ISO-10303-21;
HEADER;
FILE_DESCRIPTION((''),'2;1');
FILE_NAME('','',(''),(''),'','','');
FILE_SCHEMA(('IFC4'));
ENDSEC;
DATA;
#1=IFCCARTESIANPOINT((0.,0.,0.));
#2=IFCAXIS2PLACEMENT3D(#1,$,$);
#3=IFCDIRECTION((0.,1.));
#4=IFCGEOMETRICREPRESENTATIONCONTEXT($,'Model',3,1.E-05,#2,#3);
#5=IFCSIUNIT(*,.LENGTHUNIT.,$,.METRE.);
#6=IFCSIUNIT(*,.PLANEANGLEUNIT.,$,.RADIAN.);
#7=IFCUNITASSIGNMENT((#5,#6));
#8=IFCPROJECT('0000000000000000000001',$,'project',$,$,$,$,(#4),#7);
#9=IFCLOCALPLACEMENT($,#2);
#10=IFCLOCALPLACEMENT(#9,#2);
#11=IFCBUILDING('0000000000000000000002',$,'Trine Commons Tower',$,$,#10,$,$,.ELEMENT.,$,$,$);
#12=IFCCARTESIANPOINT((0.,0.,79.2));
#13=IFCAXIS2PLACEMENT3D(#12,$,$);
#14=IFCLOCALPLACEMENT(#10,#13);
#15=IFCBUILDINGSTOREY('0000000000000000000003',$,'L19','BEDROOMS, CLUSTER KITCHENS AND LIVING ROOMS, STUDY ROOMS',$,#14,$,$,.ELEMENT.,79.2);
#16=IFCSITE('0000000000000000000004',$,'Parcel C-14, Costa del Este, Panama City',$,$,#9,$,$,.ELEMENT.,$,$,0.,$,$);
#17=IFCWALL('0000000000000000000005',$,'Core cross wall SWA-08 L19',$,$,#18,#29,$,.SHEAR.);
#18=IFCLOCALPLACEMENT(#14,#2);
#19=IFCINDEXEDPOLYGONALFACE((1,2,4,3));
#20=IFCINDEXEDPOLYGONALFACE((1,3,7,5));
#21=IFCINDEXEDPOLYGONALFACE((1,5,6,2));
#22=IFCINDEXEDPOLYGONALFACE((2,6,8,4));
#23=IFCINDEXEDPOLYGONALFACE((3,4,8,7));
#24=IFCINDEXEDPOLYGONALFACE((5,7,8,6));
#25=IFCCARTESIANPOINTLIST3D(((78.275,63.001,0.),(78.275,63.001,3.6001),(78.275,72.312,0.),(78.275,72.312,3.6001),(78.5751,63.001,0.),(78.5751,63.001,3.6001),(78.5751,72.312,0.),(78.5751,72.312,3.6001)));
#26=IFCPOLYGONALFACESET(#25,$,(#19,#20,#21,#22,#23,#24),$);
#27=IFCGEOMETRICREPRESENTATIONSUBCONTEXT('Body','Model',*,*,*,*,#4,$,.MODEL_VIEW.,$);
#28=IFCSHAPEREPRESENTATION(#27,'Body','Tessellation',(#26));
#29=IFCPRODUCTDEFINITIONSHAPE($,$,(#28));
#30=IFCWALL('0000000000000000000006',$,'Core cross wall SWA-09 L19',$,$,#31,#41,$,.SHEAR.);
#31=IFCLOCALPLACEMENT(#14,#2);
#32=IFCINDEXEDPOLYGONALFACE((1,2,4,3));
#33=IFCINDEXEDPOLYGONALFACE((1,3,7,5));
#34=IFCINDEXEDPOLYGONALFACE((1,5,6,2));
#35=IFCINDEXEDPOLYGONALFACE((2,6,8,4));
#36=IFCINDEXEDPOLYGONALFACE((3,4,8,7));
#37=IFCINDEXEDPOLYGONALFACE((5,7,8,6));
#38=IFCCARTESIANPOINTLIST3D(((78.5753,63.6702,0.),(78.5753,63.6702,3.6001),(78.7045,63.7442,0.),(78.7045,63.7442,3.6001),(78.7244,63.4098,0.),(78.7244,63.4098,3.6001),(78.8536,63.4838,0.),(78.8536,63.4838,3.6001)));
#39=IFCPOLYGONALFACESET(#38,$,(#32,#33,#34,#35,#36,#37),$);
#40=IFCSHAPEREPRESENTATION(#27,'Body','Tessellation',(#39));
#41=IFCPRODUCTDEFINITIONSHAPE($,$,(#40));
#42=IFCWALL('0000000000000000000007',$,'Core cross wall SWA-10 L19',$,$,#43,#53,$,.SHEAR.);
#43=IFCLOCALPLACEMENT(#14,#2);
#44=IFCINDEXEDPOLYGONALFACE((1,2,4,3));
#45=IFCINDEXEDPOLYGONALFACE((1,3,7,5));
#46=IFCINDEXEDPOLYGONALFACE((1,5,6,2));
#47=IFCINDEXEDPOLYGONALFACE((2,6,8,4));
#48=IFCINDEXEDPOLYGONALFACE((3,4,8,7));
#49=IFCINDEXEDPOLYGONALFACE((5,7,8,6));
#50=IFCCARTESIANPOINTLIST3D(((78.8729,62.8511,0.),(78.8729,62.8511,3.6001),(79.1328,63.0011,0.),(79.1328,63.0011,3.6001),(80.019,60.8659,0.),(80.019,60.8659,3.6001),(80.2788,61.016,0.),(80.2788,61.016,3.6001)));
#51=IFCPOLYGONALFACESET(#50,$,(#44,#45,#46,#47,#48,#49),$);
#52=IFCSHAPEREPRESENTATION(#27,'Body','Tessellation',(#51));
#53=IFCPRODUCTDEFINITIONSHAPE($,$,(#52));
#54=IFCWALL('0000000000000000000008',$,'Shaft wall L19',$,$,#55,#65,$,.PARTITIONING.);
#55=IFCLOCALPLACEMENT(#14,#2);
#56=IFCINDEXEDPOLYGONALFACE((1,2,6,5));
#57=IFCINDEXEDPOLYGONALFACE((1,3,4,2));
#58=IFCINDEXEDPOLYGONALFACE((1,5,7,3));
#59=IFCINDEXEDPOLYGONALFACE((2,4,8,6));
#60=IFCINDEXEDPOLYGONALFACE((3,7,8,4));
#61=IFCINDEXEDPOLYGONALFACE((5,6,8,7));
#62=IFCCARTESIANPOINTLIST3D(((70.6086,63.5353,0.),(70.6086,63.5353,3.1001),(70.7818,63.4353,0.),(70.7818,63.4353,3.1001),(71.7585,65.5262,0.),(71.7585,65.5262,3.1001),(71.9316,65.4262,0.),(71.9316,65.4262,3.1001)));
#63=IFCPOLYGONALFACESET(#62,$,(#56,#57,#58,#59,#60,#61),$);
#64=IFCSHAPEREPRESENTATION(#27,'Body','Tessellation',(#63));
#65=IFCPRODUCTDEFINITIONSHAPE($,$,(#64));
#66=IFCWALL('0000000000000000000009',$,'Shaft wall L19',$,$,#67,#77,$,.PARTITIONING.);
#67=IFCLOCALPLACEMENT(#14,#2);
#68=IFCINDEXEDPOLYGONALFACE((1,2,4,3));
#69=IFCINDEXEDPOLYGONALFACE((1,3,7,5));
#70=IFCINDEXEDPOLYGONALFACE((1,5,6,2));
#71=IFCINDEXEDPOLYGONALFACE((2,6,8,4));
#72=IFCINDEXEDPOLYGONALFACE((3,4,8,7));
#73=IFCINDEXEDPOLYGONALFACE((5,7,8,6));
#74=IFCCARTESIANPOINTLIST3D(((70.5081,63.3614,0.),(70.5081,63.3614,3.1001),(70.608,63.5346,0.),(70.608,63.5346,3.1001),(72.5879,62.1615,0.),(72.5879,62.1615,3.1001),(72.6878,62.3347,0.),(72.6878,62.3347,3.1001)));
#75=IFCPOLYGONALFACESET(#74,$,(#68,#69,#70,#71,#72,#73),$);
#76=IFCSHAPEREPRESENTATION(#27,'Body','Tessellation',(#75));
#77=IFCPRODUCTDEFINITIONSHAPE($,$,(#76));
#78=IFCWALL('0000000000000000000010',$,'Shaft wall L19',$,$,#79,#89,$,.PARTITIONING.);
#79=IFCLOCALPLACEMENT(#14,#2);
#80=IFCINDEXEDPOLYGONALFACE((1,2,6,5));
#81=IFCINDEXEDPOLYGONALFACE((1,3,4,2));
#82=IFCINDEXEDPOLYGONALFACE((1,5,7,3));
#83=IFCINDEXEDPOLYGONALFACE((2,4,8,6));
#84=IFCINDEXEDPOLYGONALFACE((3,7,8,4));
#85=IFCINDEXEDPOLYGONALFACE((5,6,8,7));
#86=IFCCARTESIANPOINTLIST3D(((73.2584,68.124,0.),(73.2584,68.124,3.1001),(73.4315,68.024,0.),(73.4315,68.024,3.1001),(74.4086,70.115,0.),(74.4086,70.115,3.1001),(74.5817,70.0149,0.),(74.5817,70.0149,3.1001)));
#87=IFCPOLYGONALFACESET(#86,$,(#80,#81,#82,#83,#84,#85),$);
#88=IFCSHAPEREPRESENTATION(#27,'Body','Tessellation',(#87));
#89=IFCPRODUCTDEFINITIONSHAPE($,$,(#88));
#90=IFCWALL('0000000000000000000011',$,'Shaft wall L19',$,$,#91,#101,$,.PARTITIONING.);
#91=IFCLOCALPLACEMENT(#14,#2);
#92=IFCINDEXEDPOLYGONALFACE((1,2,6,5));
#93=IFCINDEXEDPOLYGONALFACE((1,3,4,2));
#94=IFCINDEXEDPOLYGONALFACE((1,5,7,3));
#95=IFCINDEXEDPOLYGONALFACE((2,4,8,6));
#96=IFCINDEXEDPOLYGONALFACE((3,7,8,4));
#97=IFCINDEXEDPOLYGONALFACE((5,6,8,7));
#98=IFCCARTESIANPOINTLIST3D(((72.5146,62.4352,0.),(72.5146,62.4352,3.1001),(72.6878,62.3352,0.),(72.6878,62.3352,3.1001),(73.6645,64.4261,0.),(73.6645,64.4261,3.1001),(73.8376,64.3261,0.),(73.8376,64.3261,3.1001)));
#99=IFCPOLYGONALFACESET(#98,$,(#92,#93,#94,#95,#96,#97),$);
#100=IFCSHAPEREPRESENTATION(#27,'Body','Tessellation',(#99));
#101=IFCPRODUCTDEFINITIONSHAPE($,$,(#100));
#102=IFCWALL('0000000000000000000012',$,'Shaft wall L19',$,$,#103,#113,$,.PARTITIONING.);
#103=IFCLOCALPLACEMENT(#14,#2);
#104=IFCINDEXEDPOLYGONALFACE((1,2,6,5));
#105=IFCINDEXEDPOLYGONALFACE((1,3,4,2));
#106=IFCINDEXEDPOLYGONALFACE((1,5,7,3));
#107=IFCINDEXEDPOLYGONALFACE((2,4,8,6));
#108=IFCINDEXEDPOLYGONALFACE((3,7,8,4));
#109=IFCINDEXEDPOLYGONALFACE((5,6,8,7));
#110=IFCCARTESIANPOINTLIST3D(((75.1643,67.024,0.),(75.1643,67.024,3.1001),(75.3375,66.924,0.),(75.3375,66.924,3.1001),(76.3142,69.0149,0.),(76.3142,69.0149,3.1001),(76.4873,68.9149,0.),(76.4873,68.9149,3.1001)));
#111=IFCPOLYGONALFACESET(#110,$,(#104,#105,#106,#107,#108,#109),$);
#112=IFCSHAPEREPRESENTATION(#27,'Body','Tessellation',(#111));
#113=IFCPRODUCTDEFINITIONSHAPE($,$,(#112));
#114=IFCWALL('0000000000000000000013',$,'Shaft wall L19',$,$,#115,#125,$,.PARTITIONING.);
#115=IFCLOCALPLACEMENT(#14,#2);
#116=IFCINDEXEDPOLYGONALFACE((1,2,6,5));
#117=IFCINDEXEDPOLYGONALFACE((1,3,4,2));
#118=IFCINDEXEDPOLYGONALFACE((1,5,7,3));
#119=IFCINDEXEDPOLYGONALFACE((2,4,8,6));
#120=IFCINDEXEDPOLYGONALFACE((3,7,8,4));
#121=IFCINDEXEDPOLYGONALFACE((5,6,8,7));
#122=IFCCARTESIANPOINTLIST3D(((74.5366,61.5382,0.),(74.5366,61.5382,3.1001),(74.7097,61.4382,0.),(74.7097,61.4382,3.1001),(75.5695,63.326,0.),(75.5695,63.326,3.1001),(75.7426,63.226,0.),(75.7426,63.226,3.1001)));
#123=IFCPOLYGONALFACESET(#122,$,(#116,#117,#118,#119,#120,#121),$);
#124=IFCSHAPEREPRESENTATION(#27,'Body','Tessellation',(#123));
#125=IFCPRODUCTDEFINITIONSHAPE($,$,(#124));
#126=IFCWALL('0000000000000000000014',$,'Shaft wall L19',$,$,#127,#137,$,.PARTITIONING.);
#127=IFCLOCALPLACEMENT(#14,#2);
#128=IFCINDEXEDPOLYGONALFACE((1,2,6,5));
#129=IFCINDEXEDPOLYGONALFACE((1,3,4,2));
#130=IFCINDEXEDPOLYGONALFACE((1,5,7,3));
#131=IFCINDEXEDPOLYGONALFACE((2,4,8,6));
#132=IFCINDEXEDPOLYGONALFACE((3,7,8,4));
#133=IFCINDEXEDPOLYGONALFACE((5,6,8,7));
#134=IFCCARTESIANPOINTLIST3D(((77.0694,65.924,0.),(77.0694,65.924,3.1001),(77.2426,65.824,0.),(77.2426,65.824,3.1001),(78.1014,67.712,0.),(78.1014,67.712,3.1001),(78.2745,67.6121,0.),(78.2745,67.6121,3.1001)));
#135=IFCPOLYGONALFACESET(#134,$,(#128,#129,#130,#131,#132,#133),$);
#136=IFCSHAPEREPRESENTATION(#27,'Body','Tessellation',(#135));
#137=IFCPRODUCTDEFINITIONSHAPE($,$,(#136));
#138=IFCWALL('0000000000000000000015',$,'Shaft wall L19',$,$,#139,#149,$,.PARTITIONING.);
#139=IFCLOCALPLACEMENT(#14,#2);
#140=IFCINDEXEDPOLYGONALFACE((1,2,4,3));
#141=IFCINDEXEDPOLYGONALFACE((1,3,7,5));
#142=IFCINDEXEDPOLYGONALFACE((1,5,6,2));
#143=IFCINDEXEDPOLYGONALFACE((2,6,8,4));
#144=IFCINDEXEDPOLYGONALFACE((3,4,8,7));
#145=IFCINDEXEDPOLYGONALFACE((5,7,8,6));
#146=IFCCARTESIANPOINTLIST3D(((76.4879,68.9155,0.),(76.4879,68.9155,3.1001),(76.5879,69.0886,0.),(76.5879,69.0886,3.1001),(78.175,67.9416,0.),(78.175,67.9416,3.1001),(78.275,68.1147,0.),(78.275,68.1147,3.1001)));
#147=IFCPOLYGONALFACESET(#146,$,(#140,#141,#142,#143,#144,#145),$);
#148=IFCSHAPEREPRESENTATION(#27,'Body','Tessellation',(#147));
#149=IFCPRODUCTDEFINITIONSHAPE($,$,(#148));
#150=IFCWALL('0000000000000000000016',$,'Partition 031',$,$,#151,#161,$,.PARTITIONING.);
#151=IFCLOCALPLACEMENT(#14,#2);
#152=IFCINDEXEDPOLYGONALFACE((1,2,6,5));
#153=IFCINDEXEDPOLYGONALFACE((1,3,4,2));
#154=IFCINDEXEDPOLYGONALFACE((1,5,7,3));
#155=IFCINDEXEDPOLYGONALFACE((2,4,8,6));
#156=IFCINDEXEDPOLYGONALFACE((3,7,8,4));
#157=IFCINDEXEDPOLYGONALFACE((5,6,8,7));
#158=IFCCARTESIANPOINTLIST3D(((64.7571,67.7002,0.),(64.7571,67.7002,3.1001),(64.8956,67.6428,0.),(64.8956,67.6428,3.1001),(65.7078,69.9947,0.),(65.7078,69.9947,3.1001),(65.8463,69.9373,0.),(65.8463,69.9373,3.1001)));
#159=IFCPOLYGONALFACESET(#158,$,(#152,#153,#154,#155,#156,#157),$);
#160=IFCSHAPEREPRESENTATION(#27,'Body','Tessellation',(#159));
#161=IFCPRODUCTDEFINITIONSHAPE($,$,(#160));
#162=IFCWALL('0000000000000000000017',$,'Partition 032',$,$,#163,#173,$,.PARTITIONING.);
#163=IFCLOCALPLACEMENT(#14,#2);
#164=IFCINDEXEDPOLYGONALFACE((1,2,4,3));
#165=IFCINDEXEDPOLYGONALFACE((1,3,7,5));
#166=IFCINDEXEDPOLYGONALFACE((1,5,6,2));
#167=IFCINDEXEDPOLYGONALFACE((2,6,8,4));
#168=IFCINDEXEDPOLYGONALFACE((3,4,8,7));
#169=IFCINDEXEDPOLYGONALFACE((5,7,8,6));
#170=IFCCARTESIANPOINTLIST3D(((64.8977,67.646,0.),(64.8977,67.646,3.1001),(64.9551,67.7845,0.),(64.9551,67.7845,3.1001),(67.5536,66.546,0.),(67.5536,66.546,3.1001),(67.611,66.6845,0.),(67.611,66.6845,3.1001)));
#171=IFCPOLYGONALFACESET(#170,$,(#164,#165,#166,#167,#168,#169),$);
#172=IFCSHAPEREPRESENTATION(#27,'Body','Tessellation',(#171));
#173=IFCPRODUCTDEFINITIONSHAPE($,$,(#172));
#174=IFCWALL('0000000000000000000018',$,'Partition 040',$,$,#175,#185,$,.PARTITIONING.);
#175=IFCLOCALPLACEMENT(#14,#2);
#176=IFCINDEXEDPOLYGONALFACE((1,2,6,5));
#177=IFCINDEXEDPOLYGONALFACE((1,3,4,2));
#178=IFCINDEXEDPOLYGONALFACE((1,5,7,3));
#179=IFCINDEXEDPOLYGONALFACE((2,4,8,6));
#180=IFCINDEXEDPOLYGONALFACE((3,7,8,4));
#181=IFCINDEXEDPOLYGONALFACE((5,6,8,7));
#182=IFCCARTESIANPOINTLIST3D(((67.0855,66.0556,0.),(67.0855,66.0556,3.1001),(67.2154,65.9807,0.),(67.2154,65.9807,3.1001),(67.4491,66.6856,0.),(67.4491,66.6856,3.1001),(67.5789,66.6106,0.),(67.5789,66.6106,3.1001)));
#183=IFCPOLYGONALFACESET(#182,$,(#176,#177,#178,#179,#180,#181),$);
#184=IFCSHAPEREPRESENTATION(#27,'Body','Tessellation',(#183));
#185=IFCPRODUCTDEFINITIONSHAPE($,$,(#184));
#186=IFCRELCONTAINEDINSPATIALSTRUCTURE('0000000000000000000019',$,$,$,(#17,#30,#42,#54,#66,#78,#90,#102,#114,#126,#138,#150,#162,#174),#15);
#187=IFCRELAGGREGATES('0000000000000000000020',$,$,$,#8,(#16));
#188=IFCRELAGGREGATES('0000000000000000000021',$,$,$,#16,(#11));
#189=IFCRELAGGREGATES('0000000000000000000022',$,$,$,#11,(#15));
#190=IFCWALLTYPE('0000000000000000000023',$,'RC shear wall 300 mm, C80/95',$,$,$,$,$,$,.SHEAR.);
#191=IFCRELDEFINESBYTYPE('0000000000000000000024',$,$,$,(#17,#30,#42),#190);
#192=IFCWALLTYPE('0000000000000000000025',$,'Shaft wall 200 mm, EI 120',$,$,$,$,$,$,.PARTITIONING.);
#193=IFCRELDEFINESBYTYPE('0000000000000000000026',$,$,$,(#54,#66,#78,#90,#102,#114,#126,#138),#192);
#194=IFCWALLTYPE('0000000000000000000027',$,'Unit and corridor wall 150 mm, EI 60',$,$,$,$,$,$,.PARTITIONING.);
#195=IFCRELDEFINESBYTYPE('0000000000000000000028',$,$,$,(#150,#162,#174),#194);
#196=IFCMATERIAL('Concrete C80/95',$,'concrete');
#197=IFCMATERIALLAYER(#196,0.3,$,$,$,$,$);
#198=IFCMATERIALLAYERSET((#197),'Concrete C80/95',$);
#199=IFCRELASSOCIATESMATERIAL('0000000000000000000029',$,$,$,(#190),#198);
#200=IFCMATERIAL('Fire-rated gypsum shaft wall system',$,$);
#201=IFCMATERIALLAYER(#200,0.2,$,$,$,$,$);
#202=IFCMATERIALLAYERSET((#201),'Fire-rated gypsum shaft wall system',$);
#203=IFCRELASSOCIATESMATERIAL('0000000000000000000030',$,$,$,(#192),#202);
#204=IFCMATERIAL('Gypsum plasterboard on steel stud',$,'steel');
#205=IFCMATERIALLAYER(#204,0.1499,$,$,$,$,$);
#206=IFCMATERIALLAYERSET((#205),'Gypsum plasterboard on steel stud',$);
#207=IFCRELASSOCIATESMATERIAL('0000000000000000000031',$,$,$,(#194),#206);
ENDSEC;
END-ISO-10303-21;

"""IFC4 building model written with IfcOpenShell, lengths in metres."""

from ifc_helpers import new_model, si_unit, direction, frame, frame_2d, origin, place, context, subcontext, project, spatial, rectangle, extrude, material, layer, layer_set, type_object, element, save


model = new_model("IFC4")

# Units and contexts
model_context = context("Model", 3, precision=1e-05, world=origin(), true_north=direction((0.0, 1.0)))
body_context = subcontext(model_context, "Body", "Model", "MODEL_VIEW")
ifc_project = project(units=[si_unit("LENGTHUNIT", "METRE"), si_unit("PLANEANGLEUNIT", "RADIAN")], contexts=[model_context])

# Site, building, storey
site_placement = place(None, origin())
site = spatial("IfcSite", under=ifc_project, at=site_placement, Name="Parcel C-14, Costa del Este, Panama City", CompositionType="ELEMENT", RefElevation=0.0)
building_placement = place(site_placement, origin())
building = spatial("IfcBuilding", under=site, at=building_placement, Name="Trine Commons Tower", CompositionType="ELEMENT")
storey_placement = place(building_placement, frame((0.0, 0.0, 79.2)))
storey = spatial("IfcBuildingStorey", under=building, at=storey_placement, Name="L19", Description="BEDROOMS, CLUSTER KITCHENS AND LIVING ROOMS, STUDY ROOMS", CompositionType="ELEMENT", Elevation=79.2)

# Shared definitions
ifc_material_1 = material(Name="Fire-rated gypsum shaft wall system")
ifc_material_2 = material(Name="Concrete C80/95", Category="concrete")
ifc_layer_1 = layer(ifc_material_2, 0.3)
ifc_layer_set_1 = layer_set([ifc_layer_1], Name="Concrete C80/95")
wall_type_1 = type_object("IfcWallType", Name="RC shear wall 300 mm, C80/95", PredefinedType="SHEAR", material=ifc_layer_set_1)

# Walls
wall_1_placement = place(storey_placement, frame((78.425, 63.001, 0.0), z_axis=(0.0, 0.0, 1.0), x_axis=(0.0, 1.0, 0.0)))
element("IfcWall", 1, at=wall_1_placement, inside=storey, type_object=wall_type_1, Name="Core cross wall SWA-08 L19", PredefinedType="SHEAR", context=body_context, shape_type="SweptSolid", body=[
    extrude(rectangle(XDim=9.311, YDim=0.3, at=frame_2d((4.6555, 0.0))), origin(), (0.0, 0.0, 1.0), 3.6001),
])
wall_2_placement = place(storey_placement, frame((78.7791, 63.614, 0.0), z_axis=(0.0, 0.0, 1.0), x_axis=(-0.867738, -0.497022, 0.0)))
element("IfcWall", 2, at=wall_2_placement, inside=storey, type_object=wall_type_1, Name="Core cross wall SWA-09 L19", PredefinedType="SHEAR", context=body_context, shape_type="SweptSolid", body=[
    extrude(rectangle(XDim=0.1489, YDim=0.3, at=frame_2d((0.0745, 0.0))), origin(), (0.0, 0.0, 1.0), 3.6001),
])
wall_3_placement = place(storey_placement, frame((79.0029, 62.926, 0.0), z_axis=(0.0, 0.0, 1.0), x_axis=(0.499965, -0.866045, 0.0)))
element("IfcWall", 3, at=wall_3_placement, inside=storey, type_object=wall_type_1, Name="Core cross wall SWA-10 L19", PredefinedType="SHEAR", context=body_context, shape_type="SweptSolid", body=[
    extrude(rectangle(XDim=2.2922, YDim=0.3, at=frame_2d((1.146, 0.0))), origin(), (0.0, 0.0, 1.0), 3.6001),
])
ifc_layer_2 = layer(ifc_material_1, 0.2)
ifc_layer_set_2 = layer_set([ifc_layer_2], Name="Fire-rated gypsum shaft wall system")
wall_type_2 = type_object("IfcWallType", Name="Shaft wall 200 mm, EI 120", PredefinedType="PARTITIONING", material=ifc_layer_set_2)
wall_4_placement = place(storey_placement, frame((71.845, 65.4761, 0.0), z_axis=(0.0, 0.0, 1.0), x_axis=(-0.500136, -0.865947, 0.0)))
element("IfcWall", 4, at=wall_4_placement, inside=storey, type_object=wall_type_2, Name="Shaft wall L19", PredefinedType="PARTITIONING", context=body_context, shape_type="SweptSolid", body=[
    extrude(rectangle(XDim=2.2991, YDim=0.2, at=frame_2d((1.1494, 0.0))), origin(), (0.0, 0.0, 1.0), 3.1001),
])
wall_5_placement = place(storey_placement, frame((72.6379, 62.248, 0.0), z_axis=(0.0, 0.0, 1.0), x_axis=(-0.866177, 0.499737, 0.0)))
element("IfcWall", 5, at=wall_5_placement, inside=storey, type_object=wall_type_2, Name="Shaft wall L19", PredefinedType="PARTITIONING", context=body_context, shape_type="SweptSolid", body=[
    extrude(rectangle(XDim=2.4011, YDim=0.2, at=frame_2d((1.2007, 0.0))), origin(), (0.0, 0.0, 1.0), 3.1001),
])
wall_6_placement = place(storey_placement, frame((73.345, 68.074, 0.0), z_axis=(0.0, 0.0, 1.0), x_axis=(0.500216, 0.865901, 0.0)))
element("IfcWall", 6, at=wall_6_placement, inside=storey, type_object=wall_type_2, Name="Shaft wall L19", PredefinedType="PARTITIONING", context=body_context, shape_type="SweptSolid", body=[
    extrude(rectangle(XDim=2.2993, YDim=0.2, at=frame_2d((1.1497, 0.0))), origin(), (0.0, 0.0, 1.0), 3.1001),
])
for number, where, z_axis, x_axis, name in (
    (7, (73.751, 64.376, 0.0), (0.0, 0.0, 1.0), (-0.500136, -0.865947, 0.0), "Shaft wall L19"),
    (8, (75.251, 66.9741, 0.0), (0.0, 0.0, 1.0), (0.500136, 0.865947, 0.0), "Shaft wall L19"),
):
    element("IfcWall", number, at=place(storey_placement, frame(where, z_axis=z_axis, x_axis=x_axis)), inside=storey, type_object=wall_type_2, Name=name, PredefinedType="PARTITIONING", context=body_context, shape_type="SweptSolid", body=[
        extrude(rectangle(XDim=2.2991, YDim=0.2, at=frame_2d((1.1494, 0.0))), origin(), (0.0, 0.0, 1.0), 3.1001),
    ])
wall_7_placement = place(storey_placement, frame((75.656, 63.2759, 0.0), z_axis=(0.0, 0.0, 1.0), x_axis=(-0.500272, -0.865868, 0.0)))
element("IfcWall", 9, at=wall_7_placement, inside=storey, type_object=wall_type_2, Name="Shaft wall L19", PredefinedType="PARTITIONING", context=body_context, shape_type="SweptSolid", body=[
    extrude(rectangle(XDim=2.0647, YDim=0.2, at=frame_2d((1.0322, 0.0))), origin(), (0.0, 0.0, 1.0), 3.1001),
])
wall_8_placement = place(storey_placement, frame((77.156, 65.874, 0.0), z_axis=(0.0, 0.0, 1.0), x_axis=(0.499866, 0.866103, 0.0)))
element("IfcWall", 10, at=wall_8_placement, inside=storey, type_object=wall_type_2, Name="Shaft wall L19", PredefinedType="PARTITIONING", context=body_context, shape_type="SweptSolid", body=[
    extrude(rectangle(XDim=2.0645, YDim=0.2, at=frame_2d((1.0322, 0.0))), origin(), (0.0, 0.0, 1.0), 3.1001),
])
wall_9_placement = place(storey_placement, frame((78.2251, 68.0281, 0.0), z_axis=(0.0, 0.0, 1.0), x_axis=(-0.866052, 0.499954, 0.0)))
element("IfcWall", 11, at=wall_9_placement, inside=storey, type_object=wall_type_2, Name="Shaft wall L19", PredefinedType="PARTITIONING", context=body_context, shape_type="SweptSolid", body=[
    extrude(rectangle(XDim=1.948, YDim=0.2, at=frame_2d((0.9741, 0.0))), origin(), (0.0, 0.0, 1.0), 3.1001),
])
ifc_material_3 = material(Name="Gypsum plasterboard on steel stud", Category="steel")
ifc_layer_3 = layer(ifc_material_3, 0.1499)
ifc_layer_set_3 = layer_set([ifc_layer_3], Name="Gypsum plasterboard on steel stud")
wall_type_3 = type_object("IfcWallType", Name="Unit and corridor wall 150 mm, EI 60", PredefinedType="PARTITIONING", material=ifc_layer_set_3)
wall_10_placement = place(storey_placement, frame((64.8264, 67.6716, 0.0), z_axis=(0.0, 0.0, 1.0), x_axis=(0.382786, 0.923837, 0.0)))
element("IfcWall", 12, at=wall_10_placement, inside=storey, type_object=wall_type_3, Name="Partition 031", PredefinedType="PARTITIONING", context=body_context, shape_type="SweptSolid", body=[
    extrude(rectangle(XDim=2.4836, YDim=0.1499, at=frame_2d((1.2417, 0.0))), origin(), (0.0, 0.0, 1.0), 3.1001),
])
wall_11_placement = place(storey_placement, frame((64.9263, 67.7153, 0.0), z_axis=(0.0, 0.0, 1.0), x_axis=(0.923886, -0.382667, 0.0)))
element("IfcWall", 13, at=wall_11_placement, inside=storey, type_object=wall_type_3, Name="Partition 032", PredefinedType="PARTITIONING", context=body_context, shape_type="SweptSolid", body=[
    extrude(rectangle(XDim=2.8748, YDim=0.1499, at=frame_2d((1.4375, 0.0))), origin(), (0.0, 0.0, 1.0), 3.1001),
])
wall_12_placement = place(storey_placement, frame((67.1504, 66.0181, 0.0), z_axis=(0.0, 0.0, 1.0), x_axis=(0.499858, 0.866107, 0.0)))
element("IfcWall", 14, at=wall_12_placement, inside=storey, type_object=wall_type_3, Name="Partition 040", PredefinedType="PARTITIONING", context=body_context, shape_type="SweptSolid", body=[
    extrude(rectangle(XDim=0.7273, YDim=0.1499, at=frame_2d((0.3638, 0.0))), origin(), (0.0, 0.0, 1.0), 3.1001),
])

save(model, "model.ifc")
